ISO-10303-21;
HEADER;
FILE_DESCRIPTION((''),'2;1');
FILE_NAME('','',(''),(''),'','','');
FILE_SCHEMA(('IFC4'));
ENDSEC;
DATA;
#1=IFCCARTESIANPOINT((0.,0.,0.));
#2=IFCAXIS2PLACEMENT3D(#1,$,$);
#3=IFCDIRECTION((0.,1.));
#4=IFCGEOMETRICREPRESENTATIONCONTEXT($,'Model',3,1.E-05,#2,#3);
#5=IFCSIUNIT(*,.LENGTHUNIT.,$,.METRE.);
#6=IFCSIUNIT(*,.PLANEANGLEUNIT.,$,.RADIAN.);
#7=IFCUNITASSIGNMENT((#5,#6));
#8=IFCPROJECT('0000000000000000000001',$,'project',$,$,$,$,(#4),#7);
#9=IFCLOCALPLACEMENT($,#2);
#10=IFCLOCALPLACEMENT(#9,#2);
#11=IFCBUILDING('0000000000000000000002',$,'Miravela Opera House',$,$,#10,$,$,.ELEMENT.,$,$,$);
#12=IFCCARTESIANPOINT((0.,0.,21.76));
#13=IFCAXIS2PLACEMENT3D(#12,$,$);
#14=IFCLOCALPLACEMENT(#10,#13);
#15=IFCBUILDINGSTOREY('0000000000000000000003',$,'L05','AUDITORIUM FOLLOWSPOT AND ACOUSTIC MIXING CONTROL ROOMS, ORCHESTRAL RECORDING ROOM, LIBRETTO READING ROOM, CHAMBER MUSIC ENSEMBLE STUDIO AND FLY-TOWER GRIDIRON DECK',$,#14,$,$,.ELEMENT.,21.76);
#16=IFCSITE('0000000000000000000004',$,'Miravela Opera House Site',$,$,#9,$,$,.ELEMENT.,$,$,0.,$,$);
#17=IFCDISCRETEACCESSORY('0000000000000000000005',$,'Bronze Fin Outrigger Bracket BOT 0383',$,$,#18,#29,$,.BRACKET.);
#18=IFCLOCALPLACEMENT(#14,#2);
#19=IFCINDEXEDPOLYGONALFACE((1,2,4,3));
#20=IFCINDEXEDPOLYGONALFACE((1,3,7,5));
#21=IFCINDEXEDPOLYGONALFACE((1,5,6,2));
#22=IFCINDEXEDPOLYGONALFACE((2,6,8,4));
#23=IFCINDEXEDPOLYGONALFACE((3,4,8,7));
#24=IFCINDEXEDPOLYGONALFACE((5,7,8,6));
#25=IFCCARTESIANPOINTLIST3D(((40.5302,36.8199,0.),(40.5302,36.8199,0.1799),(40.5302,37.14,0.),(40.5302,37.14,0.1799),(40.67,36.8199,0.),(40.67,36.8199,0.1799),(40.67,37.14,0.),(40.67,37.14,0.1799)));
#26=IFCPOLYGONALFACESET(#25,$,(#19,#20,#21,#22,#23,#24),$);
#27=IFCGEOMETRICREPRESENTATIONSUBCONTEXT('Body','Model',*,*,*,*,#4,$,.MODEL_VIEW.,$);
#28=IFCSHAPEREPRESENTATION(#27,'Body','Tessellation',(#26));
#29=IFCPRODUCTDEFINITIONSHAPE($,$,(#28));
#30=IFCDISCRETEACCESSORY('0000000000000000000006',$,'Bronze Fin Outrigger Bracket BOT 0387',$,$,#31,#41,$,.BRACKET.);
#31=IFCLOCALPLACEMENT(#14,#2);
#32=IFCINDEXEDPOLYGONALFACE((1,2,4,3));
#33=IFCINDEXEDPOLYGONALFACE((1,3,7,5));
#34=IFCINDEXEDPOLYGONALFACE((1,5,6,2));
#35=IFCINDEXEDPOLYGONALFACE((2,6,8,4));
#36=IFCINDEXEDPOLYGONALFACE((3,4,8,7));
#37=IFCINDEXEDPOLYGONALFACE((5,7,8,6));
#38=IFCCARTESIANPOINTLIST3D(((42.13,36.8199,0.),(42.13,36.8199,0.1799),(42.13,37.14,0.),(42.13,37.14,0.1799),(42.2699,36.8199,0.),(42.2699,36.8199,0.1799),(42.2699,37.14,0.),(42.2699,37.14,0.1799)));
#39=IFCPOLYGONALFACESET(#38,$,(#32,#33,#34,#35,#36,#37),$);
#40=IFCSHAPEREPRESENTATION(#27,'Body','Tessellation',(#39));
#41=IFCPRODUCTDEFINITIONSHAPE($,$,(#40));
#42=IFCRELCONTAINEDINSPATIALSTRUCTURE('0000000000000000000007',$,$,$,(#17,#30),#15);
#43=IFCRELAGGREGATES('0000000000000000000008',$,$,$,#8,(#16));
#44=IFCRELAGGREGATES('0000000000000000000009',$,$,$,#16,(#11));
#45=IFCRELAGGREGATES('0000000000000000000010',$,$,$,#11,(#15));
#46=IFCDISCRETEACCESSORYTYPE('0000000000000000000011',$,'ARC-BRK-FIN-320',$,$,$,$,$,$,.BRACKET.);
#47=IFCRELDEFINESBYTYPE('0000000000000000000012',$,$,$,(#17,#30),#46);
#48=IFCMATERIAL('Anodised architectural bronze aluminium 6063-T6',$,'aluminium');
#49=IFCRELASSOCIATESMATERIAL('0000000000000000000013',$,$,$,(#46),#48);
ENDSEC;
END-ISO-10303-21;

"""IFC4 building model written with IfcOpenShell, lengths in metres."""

from ifc_helpers import new_model, si_unit, direction, frame, origin, origin_2d, place, context, subcontext, project, spatial, rectangle, extrude, material, type_object, element, save


model = new_model("IFC4")

# Units and contexts
model_context = context("Model", 3, precision=1e-05, world=origin(), true_north=direction((0.0, 1.0)))
body_context = subcontext(model_context, "Body", "Model", "MODEL_VIEW")
ifc_project = project(units=[si_unit("LENGTHUNIT", "METRE"), si_unit("PLANEANGLEUNIT", "RADIAN")], contexts=[model_context])

# Site, building, storey
site_placement = place(None, origin())
site = spatial("IfcSite", under=ifc_project, at=site_placement, Name="Miravela Opera House Site", CompositionType="ELEMENT", RefElevation=0.0)
building_placement = place(site_placement, origin())
building = spatial("IfcBuilding", under=site, at=building_placement, Name="Miravela Opera House", CompositionType="ELEMENT")
storey_placement = place(building_placement, frame((0.0, 0.0, 21.76)))
storey = spatial("IfcBuildingStorey", under=building, at=storey_placement, Name="L05", Description="AUDITORIUM FOLLOWSPOT AND ACOUSTIC MIXING CONTROL ROOMS, ORCHESTRAL RECORDING ROOM, LIBRETTO READING ROOM, CHAMBER MUSIC ENSEMBLE STUDIO AND FLY-TOWER GRIDIRON DECK", CompositionType="ELEMENT", Elevation=21.76)

# Shared definitions
ifc_material_1 = material(Name="Anodised architectural bronze aluminium 6063-T6", Category="aluminium")

# Discrete accessories
discrete_accessory_type = type_object("IfcDiscreteAccessoryType", Name="ARC-BRK-FIN-320", PredefinedType="BRACKET", material=ifc_material_1)
for number, where, z_axis, x_axis, name in (
    (1, (40.6001, 36.98, 0.0), (0.0, 0.0, 1.0), (0.0, 1.0, 0.0), "Bronze Fin Outrigger Bracket BOT 0383"),
    (2, (42.2, 36.98, 0.0), (0.0, 0.0, 1.0), (0.0, 1.0, 0.0), "Bronze Fin Outrigger Bracket BOT 0387"),
):
    element("IfcDiscreteAccessory", number, at=place(storey_placement, frame(where, z_axis=z_axis, x_axis=x_axis)), inside=storey, type_object=discrete_accessory_type, Name=name, PredefinedType="BRACKET", context=body_context, shape_type="SweptSolid", body=[
        extrude(rectangle(XDim=0.3201, YDim=0.1399, at=origin_2d()), origin(), (0.0, 0.0, 1.0), 0.1799),
    ])

save(model, "model.ifc")
